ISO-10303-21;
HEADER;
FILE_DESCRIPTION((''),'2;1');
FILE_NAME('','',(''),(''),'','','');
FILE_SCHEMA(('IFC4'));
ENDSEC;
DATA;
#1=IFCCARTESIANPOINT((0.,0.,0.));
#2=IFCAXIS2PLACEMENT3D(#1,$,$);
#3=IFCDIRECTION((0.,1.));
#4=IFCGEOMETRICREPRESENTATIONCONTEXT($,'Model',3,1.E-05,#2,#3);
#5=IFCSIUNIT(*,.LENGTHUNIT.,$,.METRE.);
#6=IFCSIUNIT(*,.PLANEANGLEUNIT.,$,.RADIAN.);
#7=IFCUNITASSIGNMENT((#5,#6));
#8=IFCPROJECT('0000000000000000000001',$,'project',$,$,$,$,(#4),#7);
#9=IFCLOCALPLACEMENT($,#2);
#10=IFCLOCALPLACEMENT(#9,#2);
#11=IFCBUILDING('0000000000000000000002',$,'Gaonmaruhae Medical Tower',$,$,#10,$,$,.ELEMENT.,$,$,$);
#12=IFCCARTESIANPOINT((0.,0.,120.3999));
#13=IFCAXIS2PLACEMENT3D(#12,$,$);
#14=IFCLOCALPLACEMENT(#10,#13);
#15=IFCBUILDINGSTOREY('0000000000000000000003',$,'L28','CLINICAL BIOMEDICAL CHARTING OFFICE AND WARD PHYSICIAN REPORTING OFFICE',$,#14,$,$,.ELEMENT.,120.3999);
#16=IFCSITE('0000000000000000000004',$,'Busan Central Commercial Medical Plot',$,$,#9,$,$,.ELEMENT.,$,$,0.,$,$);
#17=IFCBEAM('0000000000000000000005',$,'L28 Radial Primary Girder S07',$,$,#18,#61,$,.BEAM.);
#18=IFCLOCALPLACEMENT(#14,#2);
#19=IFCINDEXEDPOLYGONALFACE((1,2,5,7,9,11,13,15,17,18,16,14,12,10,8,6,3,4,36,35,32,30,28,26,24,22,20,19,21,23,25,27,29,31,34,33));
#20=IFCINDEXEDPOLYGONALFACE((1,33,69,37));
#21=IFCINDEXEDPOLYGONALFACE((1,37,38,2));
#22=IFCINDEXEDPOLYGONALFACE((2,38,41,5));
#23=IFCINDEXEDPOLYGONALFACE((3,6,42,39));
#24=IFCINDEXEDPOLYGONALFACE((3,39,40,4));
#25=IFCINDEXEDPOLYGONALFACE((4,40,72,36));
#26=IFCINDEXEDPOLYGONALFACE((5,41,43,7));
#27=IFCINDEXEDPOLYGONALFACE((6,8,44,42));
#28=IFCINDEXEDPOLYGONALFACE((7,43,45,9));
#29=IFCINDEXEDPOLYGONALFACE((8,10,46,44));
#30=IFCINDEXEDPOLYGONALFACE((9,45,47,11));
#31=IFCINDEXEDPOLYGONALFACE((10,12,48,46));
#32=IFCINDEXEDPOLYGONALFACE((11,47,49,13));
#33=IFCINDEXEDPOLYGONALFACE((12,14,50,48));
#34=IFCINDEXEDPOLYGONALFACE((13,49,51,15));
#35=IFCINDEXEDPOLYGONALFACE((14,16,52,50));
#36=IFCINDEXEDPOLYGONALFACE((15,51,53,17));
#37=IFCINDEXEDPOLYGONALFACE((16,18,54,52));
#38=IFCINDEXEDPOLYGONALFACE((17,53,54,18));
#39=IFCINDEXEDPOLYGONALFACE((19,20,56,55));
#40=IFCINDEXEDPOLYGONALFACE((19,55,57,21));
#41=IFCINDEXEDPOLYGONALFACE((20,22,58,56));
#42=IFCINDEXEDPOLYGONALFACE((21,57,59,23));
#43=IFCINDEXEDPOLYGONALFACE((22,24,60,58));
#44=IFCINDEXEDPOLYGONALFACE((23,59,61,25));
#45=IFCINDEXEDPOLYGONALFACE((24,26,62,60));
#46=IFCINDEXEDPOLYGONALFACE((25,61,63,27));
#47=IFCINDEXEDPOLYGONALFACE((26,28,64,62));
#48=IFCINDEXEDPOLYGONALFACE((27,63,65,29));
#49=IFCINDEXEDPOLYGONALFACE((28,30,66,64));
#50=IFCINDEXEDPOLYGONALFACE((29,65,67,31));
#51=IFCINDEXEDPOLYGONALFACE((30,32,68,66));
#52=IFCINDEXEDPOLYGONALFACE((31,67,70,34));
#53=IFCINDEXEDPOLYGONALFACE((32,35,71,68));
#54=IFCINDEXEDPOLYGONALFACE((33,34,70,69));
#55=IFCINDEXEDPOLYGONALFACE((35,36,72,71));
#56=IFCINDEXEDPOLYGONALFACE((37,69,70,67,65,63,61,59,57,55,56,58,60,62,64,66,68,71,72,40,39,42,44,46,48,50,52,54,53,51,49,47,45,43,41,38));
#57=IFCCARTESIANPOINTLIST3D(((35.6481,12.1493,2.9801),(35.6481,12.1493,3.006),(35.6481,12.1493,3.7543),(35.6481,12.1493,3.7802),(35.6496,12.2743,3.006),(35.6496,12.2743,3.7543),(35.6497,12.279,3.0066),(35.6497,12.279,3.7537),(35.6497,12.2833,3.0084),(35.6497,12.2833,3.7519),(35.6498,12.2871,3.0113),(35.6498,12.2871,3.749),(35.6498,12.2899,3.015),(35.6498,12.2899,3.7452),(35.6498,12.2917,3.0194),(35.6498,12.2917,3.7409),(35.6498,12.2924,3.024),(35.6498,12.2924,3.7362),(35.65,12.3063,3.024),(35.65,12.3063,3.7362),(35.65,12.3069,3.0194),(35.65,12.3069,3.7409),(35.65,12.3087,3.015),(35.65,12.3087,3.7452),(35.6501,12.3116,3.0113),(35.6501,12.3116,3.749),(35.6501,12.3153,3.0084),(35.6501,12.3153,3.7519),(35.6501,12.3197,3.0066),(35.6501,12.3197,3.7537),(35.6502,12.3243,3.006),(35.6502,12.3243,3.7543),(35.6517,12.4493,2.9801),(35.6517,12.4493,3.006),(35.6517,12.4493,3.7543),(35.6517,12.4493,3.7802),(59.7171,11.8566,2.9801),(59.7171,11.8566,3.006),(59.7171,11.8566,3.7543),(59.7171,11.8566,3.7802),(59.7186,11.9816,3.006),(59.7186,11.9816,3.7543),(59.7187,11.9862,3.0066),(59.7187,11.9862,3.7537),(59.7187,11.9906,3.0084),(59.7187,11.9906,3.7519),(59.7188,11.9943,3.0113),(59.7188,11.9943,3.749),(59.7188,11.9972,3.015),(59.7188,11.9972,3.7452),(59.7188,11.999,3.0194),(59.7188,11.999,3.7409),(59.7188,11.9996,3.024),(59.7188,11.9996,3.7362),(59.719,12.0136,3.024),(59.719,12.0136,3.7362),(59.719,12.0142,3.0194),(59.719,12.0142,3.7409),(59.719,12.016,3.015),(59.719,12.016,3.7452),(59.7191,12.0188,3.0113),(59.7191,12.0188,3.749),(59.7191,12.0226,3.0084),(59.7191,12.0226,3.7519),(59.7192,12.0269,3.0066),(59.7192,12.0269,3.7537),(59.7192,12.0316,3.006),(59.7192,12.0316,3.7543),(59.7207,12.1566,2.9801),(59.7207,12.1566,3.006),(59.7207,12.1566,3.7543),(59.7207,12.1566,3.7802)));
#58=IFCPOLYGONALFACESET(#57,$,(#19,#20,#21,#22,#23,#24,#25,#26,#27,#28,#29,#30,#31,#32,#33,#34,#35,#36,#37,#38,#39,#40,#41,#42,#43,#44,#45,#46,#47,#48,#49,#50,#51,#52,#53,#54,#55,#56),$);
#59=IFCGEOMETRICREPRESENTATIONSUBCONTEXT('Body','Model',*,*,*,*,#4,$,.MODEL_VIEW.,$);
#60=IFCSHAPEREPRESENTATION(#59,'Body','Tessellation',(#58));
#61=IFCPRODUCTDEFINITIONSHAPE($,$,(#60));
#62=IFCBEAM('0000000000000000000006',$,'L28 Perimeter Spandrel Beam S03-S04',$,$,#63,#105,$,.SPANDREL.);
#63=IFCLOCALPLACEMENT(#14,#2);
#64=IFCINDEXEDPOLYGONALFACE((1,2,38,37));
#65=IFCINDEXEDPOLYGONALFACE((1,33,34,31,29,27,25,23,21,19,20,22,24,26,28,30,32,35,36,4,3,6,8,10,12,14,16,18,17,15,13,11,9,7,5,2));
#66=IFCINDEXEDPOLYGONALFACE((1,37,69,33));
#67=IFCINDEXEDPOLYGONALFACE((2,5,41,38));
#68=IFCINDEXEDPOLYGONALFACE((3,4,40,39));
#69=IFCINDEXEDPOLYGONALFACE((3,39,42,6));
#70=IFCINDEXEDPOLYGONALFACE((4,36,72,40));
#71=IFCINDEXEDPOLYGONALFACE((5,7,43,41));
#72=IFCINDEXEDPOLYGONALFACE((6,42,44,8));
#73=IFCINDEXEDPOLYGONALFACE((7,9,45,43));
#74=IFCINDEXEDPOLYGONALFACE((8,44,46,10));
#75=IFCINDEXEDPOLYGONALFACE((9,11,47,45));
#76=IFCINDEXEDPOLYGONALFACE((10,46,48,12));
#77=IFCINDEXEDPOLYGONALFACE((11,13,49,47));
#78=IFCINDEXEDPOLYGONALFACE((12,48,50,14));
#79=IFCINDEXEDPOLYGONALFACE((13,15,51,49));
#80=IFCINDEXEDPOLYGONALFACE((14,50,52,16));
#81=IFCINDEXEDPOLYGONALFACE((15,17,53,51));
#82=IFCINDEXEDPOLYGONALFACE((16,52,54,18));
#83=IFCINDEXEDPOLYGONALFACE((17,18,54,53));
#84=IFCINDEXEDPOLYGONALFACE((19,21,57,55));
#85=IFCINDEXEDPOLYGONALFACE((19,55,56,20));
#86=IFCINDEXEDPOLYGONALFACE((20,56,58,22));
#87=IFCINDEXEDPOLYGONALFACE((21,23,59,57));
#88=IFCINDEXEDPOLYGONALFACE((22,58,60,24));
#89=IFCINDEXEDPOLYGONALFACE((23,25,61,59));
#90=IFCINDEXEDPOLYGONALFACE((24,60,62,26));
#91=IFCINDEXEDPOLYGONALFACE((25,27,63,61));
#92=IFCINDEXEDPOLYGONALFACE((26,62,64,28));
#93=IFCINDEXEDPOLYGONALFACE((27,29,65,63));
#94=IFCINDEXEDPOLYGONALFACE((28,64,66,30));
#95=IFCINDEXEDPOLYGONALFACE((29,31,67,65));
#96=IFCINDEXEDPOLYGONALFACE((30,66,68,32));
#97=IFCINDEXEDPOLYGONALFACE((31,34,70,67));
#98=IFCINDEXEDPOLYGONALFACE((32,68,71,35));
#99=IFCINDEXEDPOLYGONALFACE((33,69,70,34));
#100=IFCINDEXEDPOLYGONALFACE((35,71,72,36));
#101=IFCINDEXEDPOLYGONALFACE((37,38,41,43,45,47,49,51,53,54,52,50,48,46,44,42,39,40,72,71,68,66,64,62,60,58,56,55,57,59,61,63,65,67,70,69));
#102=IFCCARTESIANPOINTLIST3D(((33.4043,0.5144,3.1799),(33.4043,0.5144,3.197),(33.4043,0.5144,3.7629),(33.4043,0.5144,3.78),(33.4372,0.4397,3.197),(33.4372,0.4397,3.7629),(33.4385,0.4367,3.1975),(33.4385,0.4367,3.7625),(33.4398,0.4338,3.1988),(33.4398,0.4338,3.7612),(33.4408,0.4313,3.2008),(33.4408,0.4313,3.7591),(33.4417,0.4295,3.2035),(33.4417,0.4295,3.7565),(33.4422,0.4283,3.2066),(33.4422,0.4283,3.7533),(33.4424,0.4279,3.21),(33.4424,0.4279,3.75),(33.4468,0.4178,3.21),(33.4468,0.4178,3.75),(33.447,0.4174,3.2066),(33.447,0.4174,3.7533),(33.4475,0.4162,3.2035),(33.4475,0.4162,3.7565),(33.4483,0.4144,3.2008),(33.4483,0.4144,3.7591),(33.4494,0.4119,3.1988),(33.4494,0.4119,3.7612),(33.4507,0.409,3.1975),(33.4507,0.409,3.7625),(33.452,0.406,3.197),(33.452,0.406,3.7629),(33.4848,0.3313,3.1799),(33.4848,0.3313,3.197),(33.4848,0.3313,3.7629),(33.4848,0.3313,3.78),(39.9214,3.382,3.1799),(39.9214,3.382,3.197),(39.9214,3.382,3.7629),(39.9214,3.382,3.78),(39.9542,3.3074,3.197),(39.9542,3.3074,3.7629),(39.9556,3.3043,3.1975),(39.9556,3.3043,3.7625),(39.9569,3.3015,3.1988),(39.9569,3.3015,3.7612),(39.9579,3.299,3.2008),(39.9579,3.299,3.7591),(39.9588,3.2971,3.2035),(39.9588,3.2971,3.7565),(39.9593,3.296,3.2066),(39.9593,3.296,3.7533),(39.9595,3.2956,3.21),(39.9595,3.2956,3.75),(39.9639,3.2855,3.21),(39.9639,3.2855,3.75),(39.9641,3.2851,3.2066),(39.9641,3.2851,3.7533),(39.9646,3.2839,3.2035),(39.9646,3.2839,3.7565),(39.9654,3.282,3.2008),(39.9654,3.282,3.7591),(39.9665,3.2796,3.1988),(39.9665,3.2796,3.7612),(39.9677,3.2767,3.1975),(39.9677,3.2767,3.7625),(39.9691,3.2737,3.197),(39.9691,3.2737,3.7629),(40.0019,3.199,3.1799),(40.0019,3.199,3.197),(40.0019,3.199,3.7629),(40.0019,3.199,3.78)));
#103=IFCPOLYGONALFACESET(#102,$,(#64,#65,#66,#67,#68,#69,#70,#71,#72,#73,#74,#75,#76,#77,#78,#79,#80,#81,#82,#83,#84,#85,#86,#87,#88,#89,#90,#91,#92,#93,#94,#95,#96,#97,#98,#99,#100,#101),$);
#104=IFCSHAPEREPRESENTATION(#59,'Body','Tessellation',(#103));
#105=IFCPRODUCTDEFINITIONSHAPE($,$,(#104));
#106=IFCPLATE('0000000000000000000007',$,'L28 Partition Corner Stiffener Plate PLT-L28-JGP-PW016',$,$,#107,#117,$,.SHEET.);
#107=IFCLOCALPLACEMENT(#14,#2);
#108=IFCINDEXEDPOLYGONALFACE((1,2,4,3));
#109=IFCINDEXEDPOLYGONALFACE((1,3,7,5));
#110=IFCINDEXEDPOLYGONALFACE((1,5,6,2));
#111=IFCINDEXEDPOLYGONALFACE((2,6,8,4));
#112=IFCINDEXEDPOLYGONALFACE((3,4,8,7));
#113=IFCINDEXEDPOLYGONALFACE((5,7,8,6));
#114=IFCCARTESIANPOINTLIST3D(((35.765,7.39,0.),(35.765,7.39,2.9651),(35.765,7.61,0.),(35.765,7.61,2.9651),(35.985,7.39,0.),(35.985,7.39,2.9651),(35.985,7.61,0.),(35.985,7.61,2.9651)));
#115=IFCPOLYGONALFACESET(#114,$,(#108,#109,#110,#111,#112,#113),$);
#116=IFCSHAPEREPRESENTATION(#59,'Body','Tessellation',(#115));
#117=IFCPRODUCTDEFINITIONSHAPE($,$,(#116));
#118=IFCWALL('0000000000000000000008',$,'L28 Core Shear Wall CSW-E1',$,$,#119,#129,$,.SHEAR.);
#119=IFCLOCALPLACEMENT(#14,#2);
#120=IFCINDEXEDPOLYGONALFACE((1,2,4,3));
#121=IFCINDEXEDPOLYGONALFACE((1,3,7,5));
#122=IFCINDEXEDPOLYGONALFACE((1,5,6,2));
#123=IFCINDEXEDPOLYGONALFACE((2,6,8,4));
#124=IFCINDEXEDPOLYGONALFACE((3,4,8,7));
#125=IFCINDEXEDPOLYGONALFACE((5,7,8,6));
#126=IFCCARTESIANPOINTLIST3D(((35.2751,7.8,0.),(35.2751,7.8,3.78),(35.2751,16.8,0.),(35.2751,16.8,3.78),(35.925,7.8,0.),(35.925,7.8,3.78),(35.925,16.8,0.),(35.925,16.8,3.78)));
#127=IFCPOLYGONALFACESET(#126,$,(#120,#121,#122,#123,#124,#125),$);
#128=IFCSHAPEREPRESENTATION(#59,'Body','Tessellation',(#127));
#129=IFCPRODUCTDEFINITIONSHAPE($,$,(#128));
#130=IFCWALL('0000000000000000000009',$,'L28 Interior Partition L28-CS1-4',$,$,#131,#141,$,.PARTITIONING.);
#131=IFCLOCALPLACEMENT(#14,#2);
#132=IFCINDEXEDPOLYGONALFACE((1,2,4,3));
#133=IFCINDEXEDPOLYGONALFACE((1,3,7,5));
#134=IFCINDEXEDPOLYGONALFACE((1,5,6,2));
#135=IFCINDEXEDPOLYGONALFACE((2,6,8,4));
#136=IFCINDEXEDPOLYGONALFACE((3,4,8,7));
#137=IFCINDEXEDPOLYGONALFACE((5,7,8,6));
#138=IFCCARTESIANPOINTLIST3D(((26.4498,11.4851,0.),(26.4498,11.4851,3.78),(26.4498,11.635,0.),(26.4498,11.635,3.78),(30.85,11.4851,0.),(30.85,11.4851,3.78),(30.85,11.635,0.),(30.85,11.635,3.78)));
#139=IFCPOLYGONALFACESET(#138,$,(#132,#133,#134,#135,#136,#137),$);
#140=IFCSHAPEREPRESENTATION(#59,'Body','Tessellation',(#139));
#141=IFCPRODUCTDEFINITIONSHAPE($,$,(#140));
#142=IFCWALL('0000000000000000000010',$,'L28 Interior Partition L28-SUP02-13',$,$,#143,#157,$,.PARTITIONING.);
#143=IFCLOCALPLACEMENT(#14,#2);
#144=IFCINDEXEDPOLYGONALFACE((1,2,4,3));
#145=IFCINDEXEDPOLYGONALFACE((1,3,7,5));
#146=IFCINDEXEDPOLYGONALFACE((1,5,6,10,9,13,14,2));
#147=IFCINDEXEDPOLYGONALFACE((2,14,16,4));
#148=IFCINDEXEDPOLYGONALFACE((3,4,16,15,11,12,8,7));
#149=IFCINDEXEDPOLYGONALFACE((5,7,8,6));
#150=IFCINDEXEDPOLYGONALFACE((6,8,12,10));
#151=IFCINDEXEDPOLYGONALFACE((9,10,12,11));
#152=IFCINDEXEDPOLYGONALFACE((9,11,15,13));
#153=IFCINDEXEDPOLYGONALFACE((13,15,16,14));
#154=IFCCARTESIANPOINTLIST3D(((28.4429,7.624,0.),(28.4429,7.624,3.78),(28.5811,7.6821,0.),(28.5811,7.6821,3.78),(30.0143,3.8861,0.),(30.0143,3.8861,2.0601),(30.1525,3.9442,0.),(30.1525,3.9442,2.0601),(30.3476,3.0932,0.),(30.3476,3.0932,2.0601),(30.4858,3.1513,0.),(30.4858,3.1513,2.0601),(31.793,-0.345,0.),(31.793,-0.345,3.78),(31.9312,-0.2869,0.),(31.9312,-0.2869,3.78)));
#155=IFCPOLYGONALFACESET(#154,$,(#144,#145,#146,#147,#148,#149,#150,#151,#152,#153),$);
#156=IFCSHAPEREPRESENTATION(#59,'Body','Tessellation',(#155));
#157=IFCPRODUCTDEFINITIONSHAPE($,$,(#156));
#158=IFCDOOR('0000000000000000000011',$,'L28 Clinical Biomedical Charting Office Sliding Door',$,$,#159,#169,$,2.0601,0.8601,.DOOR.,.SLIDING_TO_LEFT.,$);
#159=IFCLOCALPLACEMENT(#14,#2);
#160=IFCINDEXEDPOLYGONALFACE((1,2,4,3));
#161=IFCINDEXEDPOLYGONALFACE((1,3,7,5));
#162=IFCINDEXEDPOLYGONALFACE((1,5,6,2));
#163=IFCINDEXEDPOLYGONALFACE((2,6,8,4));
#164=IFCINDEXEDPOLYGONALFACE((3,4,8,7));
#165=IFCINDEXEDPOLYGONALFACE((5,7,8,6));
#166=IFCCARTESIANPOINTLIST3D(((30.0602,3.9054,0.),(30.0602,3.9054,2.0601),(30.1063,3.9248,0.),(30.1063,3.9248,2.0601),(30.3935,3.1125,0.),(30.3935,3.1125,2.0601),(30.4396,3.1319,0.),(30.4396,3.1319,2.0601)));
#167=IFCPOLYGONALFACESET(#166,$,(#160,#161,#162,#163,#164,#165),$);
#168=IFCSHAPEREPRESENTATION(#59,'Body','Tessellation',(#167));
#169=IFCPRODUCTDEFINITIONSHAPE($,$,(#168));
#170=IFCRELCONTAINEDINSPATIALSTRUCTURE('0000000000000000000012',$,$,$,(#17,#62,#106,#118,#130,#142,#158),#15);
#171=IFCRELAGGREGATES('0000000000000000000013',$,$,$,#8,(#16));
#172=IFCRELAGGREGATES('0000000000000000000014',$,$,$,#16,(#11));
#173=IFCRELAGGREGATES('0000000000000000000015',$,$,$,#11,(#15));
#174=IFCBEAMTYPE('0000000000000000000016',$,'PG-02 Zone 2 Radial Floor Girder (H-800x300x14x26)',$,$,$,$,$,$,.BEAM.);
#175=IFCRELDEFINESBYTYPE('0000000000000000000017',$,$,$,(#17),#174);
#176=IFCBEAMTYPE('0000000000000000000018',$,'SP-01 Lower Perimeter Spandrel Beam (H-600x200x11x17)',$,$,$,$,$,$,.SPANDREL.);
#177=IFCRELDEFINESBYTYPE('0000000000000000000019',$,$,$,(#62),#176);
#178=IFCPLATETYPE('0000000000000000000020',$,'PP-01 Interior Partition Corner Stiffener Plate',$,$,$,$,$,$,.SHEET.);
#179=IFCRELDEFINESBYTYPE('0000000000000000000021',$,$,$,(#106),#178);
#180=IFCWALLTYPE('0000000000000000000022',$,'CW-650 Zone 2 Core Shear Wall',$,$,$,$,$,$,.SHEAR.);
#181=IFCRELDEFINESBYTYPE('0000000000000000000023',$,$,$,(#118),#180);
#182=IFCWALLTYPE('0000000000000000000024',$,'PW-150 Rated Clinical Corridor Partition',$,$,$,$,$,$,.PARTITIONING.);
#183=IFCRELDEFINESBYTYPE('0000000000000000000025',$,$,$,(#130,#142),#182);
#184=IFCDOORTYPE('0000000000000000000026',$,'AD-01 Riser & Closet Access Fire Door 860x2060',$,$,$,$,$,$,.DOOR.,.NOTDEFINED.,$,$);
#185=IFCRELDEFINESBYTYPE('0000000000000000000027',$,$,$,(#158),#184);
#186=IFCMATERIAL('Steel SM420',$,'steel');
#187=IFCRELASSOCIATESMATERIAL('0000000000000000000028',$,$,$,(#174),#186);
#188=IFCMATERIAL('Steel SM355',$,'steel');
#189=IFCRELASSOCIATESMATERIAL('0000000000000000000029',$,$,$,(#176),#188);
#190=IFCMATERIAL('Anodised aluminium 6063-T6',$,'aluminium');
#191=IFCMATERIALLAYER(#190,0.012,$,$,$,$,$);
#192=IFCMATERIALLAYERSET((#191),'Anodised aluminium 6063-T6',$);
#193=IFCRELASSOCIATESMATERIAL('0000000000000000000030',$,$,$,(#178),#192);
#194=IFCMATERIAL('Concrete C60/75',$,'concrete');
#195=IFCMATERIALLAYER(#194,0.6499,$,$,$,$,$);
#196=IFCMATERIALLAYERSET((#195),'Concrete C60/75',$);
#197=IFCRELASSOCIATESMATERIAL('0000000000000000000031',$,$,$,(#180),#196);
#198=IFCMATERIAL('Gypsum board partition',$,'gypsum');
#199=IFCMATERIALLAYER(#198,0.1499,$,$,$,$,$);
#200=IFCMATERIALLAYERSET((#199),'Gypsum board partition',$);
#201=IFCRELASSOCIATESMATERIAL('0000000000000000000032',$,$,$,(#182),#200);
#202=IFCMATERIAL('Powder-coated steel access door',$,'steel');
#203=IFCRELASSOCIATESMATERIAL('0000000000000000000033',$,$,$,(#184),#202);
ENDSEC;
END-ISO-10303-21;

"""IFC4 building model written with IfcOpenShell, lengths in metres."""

from ifc_helpers import new_model, si_unit, direction, frame, frame_2d, origin, origin_2d, place, context, subcontext, project, spatial, rectangle, i_section, extrude, material, layer, layer_set, material_profile, profile_set, type_object, element, fill, save


model = new_model("IFC4")

# Units and contexts
model_context = context("Model", 3, precision=1e-05, world=origin(), true_north=direction((0.0, 1.0)))
body_context = subcontext(model_context, "Body", "Model", "MODEL_VIEW")
ifc_project = project(units=[si_unit("LENGTHUNIT", "METRE"), si_unit("PLANEANGLEUNIT", "RADIAN")], contexts=[model_context])

# Site, building, storey
site_placement = place(None, origin())
site = spatial("IfcSite", under=ifc_project, at=site_placement, Name="Busan Central Commercial Medical Plot", CompositionType="ELEMENT", RefElevation=0.0)
building_placement = place(site_placement, origin())
building = spatial("IfcBuilding", under=site, at=building_placement, Name="Gaonmaruhae Medical Tower", CompositionType="ELEMENT")
storey_placement = place(building_placement, frame((0.0, 0.0, 120.3999)))
storey = spatial("IfcBuildingStorey", under=building, at=storey_placement, Name="L28", Description="CLINICAL BIOMEDICAL CHARTING OFFICE AND WARD PHYSICIAN REPORTING OFFICE", CompositionType="ELEMENT", Elevation=120.3999)

# Shared definitions
ifc_material_1 = material(Name="Concrete C60/75", Category="concrete")

# Beams
ifc_material_2 = material(Name="Steel SM355", Category="steel")
ifc_material_3 = material(Name="Steel SM420", Category="steel")
ifc_material_profile_1 = material_profile(ifc_material_3, i_section(OverallWidth=0.3, OverallDepth=0.8, WebThickness=0.0139, FlangeThickness=0.0259, FilletRadius=0.0181, at=origin_2d()), Name="H-800x300x14x26")
ifc_profile_set_1 = profile_set([ifc_material_profile_1], Name="Steel SM420")
beam_type_1 = type_object("IfcBeamType", Name="PG-02 Zone 2 Radial Floor Girder (H-800x300x14x26)", PredefinedType="BEAM", material=ifc_profile_set_1)
beam_1_placement = place(storey_placement, frame((35.6499, 12.2993, 3.3801), z_axis=(0.999926, -0.012161, 0.0), x_axis=(0.012161, 0.999926, 0.0)))
element("IfcBeam", 1, at=beam_1_placement, inside=storey, type_object=beam_type_1, Name="L28 Radial Primary Girder S07", PredefinedType="BEAM", context=body_context, shape_type="SweptSolid", body=[
    extrude(i_section(OverallWidth=0.3, OverallDepth=0.8, WebThickness=0.0139, FlangeThickness=0.0259, FilletRadius=0.0181, at=origin_2d()), origin(), (0.0, 0.0, 1.0), 24.0708),
])
ifc_material_profile_2 = material_profile(ifc_material_2, i_section(OverallWidth=0.2, OverallDepth=0.6001, WebThickness=0.011, FlangeThickness=0.0171, FilletRadius=0.0129, at=origin_2d()), Name="H-600x200x11x17")
ifc_profile_set_2 = profile_set([ifc_material_profile_2], Name="Steel SM355")
beam_type_2 = type_object("IfcBeamType", Name="SP-01 Lower Perimeter Spandrel Beam (H-600x200x11x17)", PredefinedType="SPANDREL", material=ifc_profile_set_2)
beam_2_placement = place(storey_placement, frame((33.4446, 0.4229, 3.48), z_axis=(0.915307, 0.402757, 0.0), x_axis=(-0.402757, 0.915307, 0.0)))
element("IfcBeam", 2, at=beam_2_placement, inside=storey, type_object=beam_type_2, Name="L28 Perimeter Spandrel Beam S03-S04", PredefinedType="SPANDREL", context=body_context, shape_type="SweptSolid", body=[
    extrude(i_section(OverallWidth=0.2, OverallDepth=0.6001, WebThickness=0.011, FlangeThickness=0.0171, FilletRadius=0.0129, at=origin_2d()), origin(), (0.0, 0.0, 1.0), 7.1201),
])

# Plate
ifc_material_4 = material(Name="Anodised aluminium 6063-T6", Category="aluminium")
ifc_layer_1 = layer(ifc_material_4, 0.012)
ifc_layer_set_1 = layer_set([ifc_layer_1], Name="Anodised aluminium 6063-T6")
plate_type = type_object("IfcPlateType", Name="PP-01 Interior Partition Corner Stiffener Plate", PredefinedType="SHEET", material=ifc_layer_set_1)
plate_placement = place(storey_placement, frame((35.875, 7.5, 0.0), z_axis=(0.0, 0.0, 1.0), x_axis=(1.0, 0.0, 0.0)))
element("IfcPlate", 3, at=plate_placement, inside=storey, type_object=plate_type, Name="L28 Partition Corner Stiffener Plate PLT-L28-JGP-PW016", PredefinedType="SHEET", context=body_context, shape_type="SweptSolid", body=[
    extrude(rectangle(XDim=0.22, YDim=0.22, at=origin_2d()), origin(), (0.0, 0.0, 1.0), 2.9651),
])

# Walls
ifc_layer_2 = layer(ifc_material_1, 0.6499)
ifc_layer_set_2 = layer_set([ifc_layer_2], Name="Concrete C60/75")
wall_type_1 = type_object("IfcWallType", Name="CW-650 Zone 2 Core Shear Wall", PredefinedType="SHEAR", material=ifc_layer_set_2)
wall_1_placement = place(storey_placement, frame((35.6001, 7.8, 0.0), z_axis=(0.0, 0.0, 1.0), x_axis=(0.0, 1.0, 0.0)))
element("IfcWall", 4, at=wall_1_placement, inside=storey, type_object=wall_type_1, Name="L28 Core Shear Wall CSW-E1", PredefinedType="SHEAR", context=body_context, shape_type="SweptSolid", body=[
    extrude(rectangle(XDim=9.0, YDim=0.6499, at=frame_2d((4.5, 0.0))), origin(), (0.0, 0.0, 1.0), 3.78),
])
ifc_material_5 = material(Name="Gypsum board partition", Category="gypsum")
ifc_layer_3 = layer(ifc_material_5, 0.1499)
ifc_layer_set_3 = layer_set([ifc_layer_3], Name="Gypsum board partition")
wall_type_2 = type_object("IfcWallType", Name="PW-150 Rated Clinical Corridor Partition", PredefinedType="PARTITIONING", material=ifc_layer_set_3)
wall_2_placement = place(storey_placement, frame((30.8501, 11.5601, 0.0), z_axis=(0.0, 0.0, 1.0), x_axis=(-1.0, 0.0, 0.0)))
element("IfcWall", 5, at=wall_2_placement, inside=storey, type_object=wall_type_2, Name="L28 Interior Partition L28-CS1-4", PredefinedType="PARTITIONING", context=body_context, shape_type="SweptSolid", body=[
    extrude(rectangle(XDim=4.4001, YDim=0.1499, at=frame_2d((2.2002, 0.0))), origin(), (0.0, 0.0, 1.0), 3.78),
])

# Wall, opening, door
wall_3_placement = place(storey_placement, frame((28.512, 7.6531, 0.0), z_axis=(0.0, 0.0, 1.0), x_axis=(0.387539, -0.921853, 0.0)))
wall_3 = element("IfcWall", 6, at=wall_3_placement, inside=storey, type_object=wall_type_2, Name="L28 Interior Partition L28-SUP02-13", PredefinedType="PARTITIONING", context=body_context, shape_type="SweptSolid", body=[
    extrude(rectangle(XDim=8.6445, YDim=0.1499, at=frame_2d((4.3223, 0.0))), origin(), (0.0, 0.0, 1.0), 3.78),
])
opening_1_placement = place(wall_3_placement, frame((4.0547, 0.0, 0.0)))
opening_1 = element("IfcOpeningElement", 7, at=opening_1_placement, cuts=wall_3, PredefinedType="OPENING", context=body_context, shape_type="SweptSolid", body=[
    extrude(rectangle(XDim=0.8601, YDim=2.0601, at=frame_2d((0.4302, 1.03))), frame((0.0, 0.085, 0.0), z_axis=(0.0, -1.0, 0.0), x_axis=(1.0, 0.0, 0.0)), (0.0, 0.0, 1.0), 0.1699),
])
ifc_material_6 = material(Name="Powder-coated steel access door", Category="steel")
door_type = type_object("IfcDoorType", Name="AD-01 Riser & Closet Access Fire Door 860x2060", OperationType="NOTDEFINED", PredefinedType="DOOR", material=ifc_material_6)
door_1_placement = place(opening_1_placement, origin())
door_1 = element("IfcDoor", 8, at=door_1_placement, inside=storey, type_object=door_type, Name="L28 Clinical Biomedical Charting Office Sliding Door", OperationType="SLIDING_TO_LEFT", OverallHeight=2.0601, OverallWidth=0.8601, PredefinedType="DOOR", context=body_context, shape_type="SweptSolid", body=[
    extrude(rectangle(XDim=0.8601, YDim=2.0601, at=frame_2d((0.4302, 1.03))), frame((0.0, 0.0249, 0.0), z_axis=(0.0, -1.0, 0.0), x_axis=(1.0, 0.0, 0.0)), (0.0, 0.0, 1.0), 0.05),
])
fill(opening_1, door_1)

save(model, "model.ifc")
